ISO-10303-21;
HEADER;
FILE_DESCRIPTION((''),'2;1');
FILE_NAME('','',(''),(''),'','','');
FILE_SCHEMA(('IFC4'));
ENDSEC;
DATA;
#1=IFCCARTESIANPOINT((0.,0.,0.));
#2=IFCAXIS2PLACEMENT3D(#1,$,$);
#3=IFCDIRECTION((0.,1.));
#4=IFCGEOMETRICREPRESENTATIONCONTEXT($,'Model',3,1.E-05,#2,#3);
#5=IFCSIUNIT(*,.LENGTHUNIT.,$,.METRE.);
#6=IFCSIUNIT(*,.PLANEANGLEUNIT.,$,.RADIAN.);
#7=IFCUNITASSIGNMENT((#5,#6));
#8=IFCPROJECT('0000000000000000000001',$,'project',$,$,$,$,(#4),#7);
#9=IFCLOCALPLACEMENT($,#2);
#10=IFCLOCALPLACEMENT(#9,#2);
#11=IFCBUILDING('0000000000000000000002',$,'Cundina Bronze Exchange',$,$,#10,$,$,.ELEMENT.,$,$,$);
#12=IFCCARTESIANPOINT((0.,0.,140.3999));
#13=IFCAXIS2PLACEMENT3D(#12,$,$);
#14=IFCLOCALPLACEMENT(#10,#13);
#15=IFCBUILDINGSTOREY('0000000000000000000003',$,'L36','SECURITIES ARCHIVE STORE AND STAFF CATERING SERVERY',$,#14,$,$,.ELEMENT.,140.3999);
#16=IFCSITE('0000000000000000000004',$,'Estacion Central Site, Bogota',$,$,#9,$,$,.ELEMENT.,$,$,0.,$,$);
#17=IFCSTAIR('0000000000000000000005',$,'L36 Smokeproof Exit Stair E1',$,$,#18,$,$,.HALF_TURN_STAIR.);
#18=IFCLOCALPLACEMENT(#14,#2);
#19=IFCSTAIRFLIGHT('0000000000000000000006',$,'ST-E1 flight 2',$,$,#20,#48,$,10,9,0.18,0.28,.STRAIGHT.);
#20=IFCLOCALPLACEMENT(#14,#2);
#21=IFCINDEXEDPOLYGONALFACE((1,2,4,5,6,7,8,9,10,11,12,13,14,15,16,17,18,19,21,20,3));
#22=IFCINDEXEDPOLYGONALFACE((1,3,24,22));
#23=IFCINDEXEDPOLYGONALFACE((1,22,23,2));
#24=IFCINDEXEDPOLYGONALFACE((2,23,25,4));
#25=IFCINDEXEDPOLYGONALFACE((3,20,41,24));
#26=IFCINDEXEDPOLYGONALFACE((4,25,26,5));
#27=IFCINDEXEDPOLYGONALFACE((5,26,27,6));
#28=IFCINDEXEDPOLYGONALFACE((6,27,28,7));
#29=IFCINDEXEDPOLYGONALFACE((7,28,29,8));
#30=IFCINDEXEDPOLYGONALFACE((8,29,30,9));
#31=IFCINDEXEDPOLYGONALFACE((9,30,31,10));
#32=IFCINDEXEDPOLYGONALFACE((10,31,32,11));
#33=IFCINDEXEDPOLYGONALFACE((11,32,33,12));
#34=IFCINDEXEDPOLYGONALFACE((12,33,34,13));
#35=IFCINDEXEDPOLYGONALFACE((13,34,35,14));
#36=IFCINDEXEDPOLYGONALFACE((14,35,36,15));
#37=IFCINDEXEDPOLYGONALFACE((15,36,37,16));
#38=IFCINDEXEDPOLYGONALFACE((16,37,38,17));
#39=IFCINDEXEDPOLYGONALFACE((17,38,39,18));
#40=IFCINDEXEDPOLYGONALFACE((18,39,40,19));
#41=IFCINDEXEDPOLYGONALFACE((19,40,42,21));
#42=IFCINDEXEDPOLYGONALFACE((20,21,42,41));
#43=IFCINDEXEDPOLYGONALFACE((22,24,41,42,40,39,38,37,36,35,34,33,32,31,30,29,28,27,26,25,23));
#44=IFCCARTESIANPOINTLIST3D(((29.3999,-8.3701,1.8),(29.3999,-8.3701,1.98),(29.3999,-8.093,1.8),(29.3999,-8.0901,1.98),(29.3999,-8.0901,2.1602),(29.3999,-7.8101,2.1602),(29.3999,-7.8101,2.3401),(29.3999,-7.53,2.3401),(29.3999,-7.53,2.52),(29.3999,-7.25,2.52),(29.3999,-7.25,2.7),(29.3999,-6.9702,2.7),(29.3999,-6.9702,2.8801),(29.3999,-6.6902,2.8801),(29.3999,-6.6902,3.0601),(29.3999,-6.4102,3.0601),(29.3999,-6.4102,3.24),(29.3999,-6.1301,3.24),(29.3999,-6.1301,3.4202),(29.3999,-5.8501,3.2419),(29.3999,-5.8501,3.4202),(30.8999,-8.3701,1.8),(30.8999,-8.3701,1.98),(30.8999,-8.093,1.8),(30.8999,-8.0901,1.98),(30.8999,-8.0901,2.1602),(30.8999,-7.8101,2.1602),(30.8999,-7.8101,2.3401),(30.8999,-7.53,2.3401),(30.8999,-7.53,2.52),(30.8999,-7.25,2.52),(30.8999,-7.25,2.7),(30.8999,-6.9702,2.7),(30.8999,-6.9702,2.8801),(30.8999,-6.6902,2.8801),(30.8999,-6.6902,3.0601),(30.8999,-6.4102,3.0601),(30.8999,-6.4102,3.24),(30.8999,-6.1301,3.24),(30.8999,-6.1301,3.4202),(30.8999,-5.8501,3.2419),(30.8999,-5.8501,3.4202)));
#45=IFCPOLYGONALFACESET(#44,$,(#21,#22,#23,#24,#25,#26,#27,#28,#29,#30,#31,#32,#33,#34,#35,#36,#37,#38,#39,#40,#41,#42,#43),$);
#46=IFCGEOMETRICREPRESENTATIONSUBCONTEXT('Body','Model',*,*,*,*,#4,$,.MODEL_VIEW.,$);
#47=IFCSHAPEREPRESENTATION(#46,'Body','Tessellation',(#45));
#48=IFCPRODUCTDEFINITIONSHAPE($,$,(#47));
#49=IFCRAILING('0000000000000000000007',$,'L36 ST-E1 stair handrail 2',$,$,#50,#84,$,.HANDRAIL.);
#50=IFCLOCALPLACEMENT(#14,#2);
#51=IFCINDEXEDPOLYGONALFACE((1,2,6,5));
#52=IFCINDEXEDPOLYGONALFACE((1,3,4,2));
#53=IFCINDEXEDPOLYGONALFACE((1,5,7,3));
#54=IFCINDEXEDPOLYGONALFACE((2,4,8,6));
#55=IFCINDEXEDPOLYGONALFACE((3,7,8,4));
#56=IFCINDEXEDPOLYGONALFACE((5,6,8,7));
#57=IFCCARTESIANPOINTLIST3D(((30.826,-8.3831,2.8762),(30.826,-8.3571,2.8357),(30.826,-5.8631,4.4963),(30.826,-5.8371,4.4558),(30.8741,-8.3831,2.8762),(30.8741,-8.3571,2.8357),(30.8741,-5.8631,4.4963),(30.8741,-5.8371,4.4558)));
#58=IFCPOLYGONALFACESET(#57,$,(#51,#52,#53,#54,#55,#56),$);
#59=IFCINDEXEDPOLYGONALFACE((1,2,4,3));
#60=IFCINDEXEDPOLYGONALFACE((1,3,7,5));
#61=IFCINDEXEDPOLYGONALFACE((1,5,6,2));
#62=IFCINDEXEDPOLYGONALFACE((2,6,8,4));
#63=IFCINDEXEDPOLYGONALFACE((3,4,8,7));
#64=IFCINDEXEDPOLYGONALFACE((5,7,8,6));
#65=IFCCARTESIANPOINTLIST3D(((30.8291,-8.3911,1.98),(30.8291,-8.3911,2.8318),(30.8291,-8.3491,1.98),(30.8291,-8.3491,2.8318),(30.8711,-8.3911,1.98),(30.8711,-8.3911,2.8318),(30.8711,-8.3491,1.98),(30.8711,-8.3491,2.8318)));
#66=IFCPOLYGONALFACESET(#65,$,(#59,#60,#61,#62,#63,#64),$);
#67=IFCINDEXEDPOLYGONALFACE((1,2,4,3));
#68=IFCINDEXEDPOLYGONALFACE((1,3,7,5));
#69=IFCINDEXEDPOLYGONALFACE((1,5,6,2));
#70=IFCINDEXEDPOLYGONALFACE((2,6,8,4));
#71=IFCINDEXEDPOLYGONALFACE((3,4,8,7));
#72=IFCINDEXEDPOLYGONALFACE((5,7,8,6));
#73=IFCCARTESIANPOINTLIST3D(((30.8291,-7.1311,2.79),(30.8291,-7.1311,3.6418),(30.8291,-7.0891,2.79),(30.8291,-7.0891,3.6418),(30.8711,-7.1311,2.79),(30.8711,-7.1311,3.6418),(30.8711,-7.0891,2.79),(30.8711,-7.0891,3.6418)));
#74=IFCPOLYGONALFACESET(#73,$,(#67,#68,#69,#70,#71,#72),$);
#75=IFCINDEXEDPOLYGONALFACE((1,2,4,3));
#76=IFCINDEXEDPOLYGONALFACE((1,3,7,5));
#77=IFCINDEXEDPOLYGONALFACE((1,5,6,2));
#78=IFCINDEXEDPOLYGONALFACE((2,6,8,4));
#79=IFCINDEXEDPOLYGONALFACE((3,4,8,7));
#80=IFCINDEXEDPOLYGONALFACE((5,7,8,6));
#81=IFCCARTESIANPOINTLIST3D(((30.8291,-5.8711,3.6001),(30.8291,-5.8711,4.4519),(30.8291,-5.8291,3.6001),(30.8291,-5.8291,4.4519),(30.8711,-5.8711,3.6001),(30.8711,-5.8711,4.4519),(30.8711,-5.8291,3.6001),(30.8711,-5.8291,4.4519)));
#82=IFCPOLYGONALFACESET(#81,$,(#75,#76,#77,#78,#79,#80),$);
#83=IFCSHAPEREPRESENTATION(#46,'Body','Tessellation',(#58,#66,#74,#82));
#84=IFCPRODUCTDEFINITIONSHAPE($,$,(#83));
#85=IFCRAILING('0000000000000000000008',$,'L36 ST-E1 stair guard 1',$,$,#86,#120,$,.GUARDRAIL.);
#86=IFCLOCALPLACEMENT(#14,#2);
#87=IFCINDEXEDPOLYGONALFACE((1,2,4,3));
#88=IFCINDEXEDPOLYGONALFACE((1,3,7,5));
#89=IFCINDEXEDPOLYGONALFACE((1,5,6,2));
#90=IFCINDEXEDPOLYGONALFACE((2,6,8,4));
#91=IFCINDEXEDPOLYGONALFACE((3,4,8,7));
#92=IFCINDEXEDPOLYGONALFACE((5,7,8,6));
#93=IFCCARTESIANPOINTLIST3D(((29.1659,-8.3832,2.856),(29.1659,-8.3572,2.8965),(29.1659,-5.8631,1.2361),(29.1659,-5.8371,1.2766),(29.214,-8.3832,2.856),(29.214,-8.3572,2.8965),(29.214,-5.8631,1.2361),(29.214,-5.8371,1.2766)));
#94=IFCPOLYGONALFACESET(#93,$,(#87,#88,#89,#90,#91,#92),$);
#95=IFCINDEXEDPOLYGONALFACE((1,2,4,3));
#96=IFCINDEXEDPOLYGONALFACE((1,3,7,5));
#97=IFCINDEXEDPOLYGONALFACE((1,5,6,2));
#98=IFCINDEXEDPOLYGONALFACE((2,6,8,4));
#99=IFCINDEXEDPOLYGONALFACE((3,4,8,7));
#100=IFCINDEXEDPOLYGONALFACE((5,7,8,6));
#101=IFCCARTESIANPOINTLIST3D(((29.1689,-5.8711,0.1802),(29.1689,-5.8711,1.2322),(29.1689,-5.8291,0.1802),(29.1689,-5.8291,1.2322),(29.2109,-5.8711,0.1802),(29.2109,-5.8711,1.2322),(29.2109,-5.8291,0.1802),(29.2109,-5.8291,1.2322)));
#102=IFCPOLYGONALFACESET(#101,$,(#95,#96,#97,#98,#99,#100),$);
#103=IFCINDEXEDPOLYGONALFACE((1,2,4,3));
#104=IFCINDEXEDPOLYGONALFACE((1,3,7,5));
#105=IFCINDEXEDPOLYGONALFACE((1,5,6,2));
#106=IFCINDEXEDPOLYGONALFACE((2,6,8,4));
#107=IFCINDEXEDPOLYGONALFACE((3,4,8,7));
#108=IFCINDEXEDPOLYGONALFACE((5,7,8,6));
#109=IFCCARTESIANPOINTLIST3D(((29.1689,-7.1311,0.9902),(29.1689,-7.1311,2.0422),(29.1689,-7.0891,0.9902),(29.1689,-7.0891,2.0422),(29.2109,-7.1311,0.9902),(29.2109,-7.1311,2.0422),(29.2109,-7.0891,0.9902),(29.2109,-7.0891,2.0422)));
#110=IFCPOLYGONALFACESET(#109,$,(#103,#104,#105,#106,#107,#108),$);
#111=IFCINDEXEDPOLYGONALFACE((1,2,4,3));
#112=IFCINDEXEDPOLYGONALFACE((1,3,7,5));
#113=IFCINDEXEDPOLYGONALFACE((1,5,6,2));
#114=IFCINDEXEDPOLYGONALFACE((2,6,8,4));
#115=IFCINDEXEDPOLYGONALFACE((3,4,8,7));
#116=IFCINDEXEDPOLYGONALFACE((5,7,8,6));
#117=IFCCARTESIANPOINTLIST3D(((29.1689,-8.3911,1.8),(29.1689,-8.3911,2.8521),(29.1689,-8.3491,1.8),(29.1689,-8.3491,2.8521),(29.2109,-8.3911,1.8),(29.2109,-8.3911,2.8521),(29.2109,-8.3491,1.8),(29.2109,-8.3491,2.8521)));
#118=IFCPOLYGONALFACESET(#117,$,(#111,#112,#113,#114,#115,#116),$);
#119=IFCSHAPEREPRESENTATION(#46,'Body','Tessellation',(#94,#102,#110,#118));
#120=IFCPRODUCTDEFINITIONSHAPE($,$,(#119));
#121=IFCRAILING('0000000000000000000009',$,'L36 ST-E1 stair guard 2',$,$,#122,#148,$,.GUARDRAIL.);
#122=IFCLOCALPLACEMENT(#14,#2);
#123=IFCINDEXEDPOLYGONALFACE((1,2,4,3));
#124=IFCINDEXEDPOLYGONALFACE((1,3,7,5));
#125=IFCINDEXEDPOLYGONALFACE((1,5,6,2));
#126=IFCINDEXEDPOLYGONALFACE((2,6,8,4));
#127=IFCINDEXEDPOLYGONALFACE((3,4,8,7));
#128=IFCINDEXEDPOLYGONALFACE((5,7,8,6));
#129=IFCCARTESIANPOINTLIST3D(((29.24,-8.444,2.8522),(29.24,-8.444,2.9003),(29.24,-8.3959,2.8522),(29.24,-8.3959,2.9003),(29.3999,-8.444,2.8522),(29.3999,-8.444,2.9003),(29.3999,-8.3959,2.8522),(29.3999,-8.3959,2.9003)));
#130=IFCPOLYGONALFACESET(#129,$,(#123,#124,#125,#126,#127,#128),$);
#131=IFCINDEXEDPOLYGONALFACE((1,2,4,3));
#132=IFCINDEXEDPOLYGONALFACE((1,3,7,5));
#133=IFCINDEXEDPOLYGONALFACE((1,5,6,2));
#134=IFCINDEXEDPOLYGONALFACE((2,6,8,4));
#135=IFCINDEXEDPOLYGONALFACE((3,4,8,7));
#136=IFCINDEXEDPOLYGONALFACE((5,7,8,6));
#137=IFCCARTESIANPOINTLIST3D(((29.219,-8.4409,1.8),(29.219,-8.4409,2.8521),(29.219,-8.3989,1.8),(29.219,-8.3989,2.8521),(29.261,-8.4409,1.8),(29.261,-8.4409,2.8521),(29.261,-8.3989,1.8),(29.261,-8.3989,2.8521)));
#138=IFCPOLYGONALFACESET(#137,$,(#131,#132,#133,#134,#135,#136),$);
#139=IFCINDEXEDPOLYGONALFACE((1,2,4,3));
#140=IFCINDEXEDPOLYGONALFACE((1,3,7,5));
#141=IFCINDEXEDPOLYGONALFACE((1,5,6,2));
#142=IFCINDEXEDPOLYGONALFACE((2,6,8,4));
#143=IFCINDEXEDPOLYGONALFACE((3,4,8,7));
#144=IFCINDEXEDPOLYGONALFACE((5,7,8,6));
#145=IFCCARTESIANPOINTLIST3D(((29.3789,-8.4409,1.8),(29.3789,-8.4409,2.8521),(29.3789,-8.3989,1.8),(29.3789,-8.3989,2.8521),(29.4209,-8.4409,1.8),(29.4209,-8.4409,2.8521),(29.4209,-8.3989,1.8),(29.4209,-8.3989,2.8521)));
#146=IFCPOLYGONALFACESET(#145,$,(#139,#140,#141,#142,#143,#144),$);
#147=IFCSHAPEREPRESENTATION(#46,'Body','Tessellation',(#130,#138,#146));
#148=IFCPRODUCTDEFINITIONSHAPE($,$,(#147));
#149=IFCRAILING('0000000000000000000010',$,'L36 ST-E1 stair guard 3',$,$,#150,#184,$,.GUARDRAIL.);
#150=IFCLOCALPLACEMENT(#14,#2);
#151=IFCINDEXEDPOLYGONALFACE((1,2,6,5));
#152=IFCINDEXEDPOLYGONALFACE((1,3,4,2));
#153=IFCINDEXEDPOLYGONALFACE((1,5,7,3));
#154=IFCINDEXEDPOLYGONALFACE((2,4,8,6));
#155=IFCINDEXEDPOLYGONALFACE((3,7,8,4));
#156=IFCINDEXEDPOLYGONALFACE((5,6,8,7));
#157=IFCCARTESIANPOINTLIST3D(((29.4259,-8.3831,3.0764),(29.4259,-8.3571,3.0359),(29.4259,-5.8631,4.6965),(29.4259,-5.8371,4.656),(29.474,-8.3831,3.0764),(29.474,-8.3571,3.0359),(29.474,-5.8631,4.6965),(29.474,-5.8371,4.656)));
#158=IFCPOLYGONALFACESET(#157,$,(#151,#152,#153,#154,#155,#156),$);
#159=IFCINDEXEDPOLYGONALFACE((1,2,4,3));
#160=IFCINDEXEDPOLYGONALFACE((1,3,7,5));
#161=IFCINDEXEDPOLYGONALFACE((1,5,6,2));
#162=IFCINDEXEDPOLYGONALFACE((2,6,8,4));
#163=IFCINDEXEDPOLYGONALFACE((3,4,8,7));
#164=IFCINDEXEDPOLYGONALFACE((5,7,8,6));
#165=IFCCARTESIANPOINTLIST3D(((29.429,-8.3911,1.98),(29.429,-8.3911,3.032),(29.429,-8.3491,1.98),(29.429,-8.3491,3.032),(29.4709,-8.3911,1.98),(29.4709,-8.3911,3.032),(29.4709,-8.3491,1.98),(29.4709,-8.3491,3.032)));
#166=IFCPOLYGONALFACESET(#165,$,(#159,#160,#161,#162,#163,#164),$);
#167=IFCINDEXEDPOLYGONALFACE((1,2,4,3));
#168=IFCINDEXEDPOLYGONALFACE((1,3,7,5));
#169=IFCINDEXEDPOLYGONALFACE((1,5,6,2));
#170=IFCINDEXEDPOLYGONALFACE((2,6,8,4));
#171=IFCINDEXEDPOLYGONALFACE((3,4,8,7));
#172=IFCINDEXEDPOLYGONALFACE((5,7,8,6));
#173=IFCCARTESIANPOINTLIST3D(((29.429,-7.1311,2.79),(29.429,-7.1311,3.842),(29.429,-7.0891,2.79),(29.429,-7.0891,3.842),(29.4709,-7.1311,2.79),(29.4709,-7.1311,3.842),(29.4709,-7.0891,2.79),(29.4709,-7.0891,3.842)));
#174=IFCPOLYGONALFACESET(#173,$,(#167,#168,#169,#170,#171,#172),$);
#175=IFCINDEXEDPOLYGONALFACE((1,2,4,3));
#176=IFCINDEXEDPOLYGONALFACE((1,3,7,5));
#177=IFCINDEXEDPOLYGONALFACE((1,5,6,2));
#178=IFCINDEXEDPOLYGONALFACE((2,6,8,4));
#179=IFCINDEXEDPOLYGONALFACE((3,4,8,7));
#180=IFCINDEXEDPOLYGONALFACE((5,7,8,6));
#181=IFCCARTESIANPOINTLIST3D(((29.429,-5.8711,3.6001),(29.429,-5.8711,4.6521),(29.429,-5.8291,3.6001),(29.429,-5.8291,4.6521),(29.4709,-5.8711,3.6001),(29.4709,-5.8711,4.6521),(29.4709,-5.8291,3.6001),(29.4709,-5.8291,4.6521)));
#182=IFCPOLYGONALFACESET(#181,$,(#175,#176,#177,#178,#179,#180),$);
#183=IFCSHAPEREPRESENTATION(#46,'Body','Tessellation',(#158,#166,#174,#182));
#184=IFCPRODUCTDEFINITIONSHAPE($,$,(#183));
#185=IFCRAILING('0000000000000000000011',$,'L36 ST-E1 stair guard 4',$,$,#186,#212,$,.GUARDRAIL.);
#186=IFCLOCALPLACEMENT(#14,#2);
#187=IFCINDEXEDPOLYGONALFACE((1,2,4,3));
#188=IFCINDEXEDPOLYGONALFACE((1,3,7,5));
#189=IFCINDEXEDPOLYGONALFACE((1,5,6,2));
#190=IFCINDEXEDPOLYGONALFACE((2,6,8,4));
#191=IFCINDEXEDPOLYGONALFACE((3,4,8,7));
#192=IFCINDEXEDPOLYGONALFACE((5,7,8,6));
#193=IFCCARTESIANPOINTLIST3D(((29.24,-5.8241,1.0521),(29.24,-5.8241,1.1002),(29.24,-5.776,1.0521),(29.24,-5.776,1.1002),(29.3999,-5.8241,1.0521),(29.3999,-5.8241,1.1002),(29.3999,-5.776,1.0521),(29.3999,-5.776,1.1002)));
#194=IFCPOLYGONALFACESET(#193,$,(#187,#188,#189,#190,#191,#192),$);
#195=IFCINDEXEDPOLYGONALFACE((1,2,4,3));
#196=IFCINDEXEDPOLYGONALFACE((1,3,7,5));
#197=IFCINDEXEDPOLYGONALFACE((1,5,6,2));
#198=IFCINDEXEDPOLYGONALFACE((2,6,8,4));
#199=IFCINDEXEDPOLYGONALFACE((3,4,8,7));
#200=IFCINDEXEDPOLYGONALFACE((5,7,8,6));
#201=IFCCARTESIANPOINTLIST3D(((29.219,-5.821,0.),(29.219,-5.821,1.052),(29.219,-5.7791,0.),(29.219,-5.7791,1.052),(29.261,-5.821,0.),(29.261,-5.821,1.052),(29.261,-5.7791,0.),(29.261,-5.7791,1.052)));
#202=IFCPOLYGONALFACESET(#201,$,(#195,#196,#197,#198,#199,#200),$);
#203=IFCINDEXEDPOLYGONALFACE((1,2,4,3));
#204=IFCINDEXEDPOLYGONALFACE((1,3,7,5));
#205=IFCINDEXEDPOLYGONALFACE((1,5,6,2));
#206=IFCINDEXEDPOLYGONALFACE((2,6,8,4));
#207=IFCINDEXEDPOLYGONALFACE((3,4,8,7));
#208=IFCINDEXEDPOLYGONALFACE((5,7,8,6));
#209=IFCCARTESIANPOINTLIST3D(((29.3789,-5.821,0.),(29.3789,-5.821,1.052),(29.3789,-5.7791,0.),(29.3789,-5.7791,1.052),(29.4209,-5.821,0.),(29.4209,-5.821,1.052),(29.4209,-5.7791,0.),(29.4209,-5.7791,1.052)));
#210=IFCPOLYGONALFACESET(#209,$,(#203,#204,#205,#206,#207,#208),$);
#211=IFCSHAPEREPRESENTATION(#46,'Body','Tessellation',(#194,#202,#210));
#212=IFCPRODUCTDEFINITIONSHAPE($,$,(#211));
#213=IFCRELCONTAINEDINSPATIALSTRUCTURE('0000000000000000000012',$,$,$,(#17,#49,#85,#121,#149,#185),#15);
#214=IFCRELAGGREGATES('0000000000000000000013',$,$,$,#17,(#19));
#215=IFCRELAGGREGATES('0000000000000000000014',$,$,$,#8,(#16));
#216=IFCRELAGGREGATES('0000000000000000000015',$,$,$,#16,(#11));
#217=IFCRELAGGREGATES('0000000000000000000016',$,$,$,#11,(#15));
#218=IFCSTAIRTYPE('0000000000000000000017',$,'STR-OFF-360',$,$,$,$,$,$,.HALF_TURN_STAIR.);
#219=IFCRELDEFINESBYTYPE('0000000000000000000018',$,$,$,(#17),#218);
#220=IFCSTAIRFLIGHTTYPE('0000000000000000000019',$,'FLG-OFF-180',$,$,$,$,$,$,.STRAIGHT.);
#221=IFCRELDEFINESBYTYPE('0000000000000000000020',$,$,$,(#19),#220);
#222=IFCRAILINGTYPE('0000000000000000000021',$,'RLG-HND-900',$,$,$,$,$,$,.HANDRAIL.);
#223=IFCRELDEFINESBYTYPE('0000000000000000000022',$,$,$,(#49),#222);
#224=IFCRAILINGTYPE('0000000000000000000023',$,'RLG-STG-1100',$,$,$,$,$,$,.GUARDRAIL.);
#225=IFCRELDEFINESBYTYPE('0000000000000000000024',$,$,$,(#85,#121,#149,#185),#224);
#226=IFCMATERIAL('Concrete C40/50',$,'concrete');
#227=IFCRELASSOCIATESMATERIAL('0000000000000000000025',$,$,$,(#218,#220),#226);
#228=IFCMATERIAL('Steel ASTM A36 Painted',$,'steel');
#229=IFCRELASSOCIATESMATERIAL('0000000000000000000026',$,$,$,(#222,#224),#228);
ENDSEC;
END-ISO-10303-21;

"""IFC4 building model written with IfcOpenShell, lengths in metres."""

from ifc_helpers import new_model, si_unit, direction, frame, origin, origin_2d, place, context, subcontext, project, spatial, polyline, rectangle, outline, extrude, material, type_object, element, aggregate, save


model = new_model("IFC4")

# Units and contexts
model_context = context("Model", 3, precision=1e-05, world=origin(), true_north=direction((0.0, 1.0)))
body_context = subcontext(model_context, "Body", "Model", "MODEL_VIEW")
ifc_project = project(units=[si_unit("LENGTHUNIT", "METRE"), si_unit("PLANEANGLEUNIT", "RADIAN")], contexts=[model_context])

# Site, building, storey
site_placement = place(None, origin())
site = spatial("IfcSite", under=ifc_project, at=site_placement, Name="Estacion Central Site, Bogota", CompositionType="ELEMENT", RefElevation=0.0)
building_placement = place(site_placement, origin())
building = spatial("IfcBuilding", under=site, at=building_placement, Name="Cundina Bronze Exchange", CompositionType="ELEMENT")
storey_placement = place(building_placement, frame((0.0, 0.0, 140.3999)))
storey = spatial("IfcBuildingStorey", under=building, at=storey_placement, Name="L36", Description="SECURITIES ARCHIVE STORE AND STAFF CATERING SERVERY", CompositionType="ELEMENT", Elevation=140.3999)

# Stair, stair flight
ifc_material_1 = material(Name="Concrete C40/50", Category="concrete")
stair_type = type_object("IfcStairType", Name="STR-OFF-360", PredefinedType="HALF_TURN_STAIR", material=ifc_material_1)
stair_placement = place(storey_placement, origin())
stair = element("IfcStair", 1, at=stair_placement, inside=storey, type_object=stair_type, Name="L36 Smokeproof Exit Stair E1", PredefinedType="HALF_TURN_STAIR")
stair_flight_type = type_object("IfcStairFlightType", Name="FLG-OFF-180", PredefinedType="STRAIGHT", material=ifc_material_1)
stair_flight_1_placement = place(storey_placement, frame((30.1499, -8.3701, 1.8), z_axis=(0.0, 0.0, 1.0), x_axis=(0.0, 1.0, 0.0)))
stair_flight_1 = element("IfcStairFlight", 2, at=stair_flight_1_placement, type_object=stair_flight_type, Name="ST-E1 flight 2", NumberOfRisers=10, NumberOfTreads=9, PredefinedType="STRAIGHT", RiserHeight=0.18, TreadLength=0.28, context=body_context, shape_type="SweptSolid", body=[
    extrude(outline(polyline([(0.0, 0.0), (0.0, 0.1799), (0.28, 0.1799), (0.28, 0.3601), (0.5601, 0.3601), (0.5601, 0.54), (0.8401, 0.54), (0.8401, 0.72), (1.1201, 0.72), (1.1201, 0.8999), (1.3999, 0.8999), (1.3999, 1.0801), (1.6799, 1.0801), (1.6799, 1.26), (1.96, 1.26), (1.96, 1.4399), (2.24, 1.4399), (2.24, 1.6201), (2.52, 1.6201), (2.52, 1.8), (2.52, 1.4419), (0.2771, 0.0), (0.0, 0.0)])), frame((0.0, 0.75, 0.0), z_axis=(0.0, -1.0, 0.0), x_axis=(1.0, 0.0, 0.0)), (0.0, 0.0, 1.0), 1.5),
])
aggregate(stair, [stair_flight_1])

# Railings
ifc_material_2 = material(Name="Steel ASTM A36 Painted", Category="steel")
railing_type_1 = type_object("IfcRailingType", Name="RLG-HND-900", PredefinedType="HANDRAIL", material=ifc_material_2)
railing_1_placement = place(storey_placement, frame((30.8501, -8.3701, 1.98)))
element("IfcRailing", 3, at=railing_1_placement, inside=storey, type_object=railing_type_1, Name="L36 ST-E1 stair handrail 2", PredefinedType="HANDRAIL", context=body_context, shape_type="SweptSolid", body=[
    extrude(rectangle(XDim=0.0481, YDim=0.0481, at=origin_2d()), frame((0.0, 0.0, 0.876), z_axis=(0.0, 0.841163, 0.540782), x_axis=(-1.0, 0.0, 0.0)), (0.0, 0.0, 1.0), 2.9958),
    extrude(rectangle(XDim=0.042, YDim=0.042, at=origin_2d()), origin(), (0.0, 0.0, 1.0), 0.8518),
    extrude(rectangle(XDim=0.042, YDim=0.042, at=origin_2d()), frame((0.0, 1.26, 0.8101)), (0.0, 0.0, 1.0), 0.8518),
    extrude(rectangle(XDim=0.042, YDim=0.042, at=origin_2d()), frame((0.0, 2.52, 1.6201)), (0.0, 0.0, 1.0), 0.8518),
])
railing_type_2 = type_object("IfcRailingType", Name="RLG-STG-1100", PredefinedType="GUARDRAIL", material=ifc_material_2)
railing_2_placement = place(storey_placement, frame((29.1899, -5.8501, 0.1802)))
element("IfcRailing", 4, at=railing_2_placement, inside=storey, type_object=railing_type_2, Name="L36 ST-E1 stair guard 1", PredefinedType="GUARDRAIL", context=body_context, shape_type="SweptSolid", body=[
    extrude(rectangle(XDim=0.0481, YDim=0.0481, at=origin_2d()), frame((0.0, 0.0, 1.0762), z_axis=(0.0, -0.8412, 0.540725), x_axis=(1.0, 0.0, 0.0)), (0.0, 0.0, 1.0), 2.9958),
    extrude(rectangle(XDim=0.042, YDim=0.042, at=origin_2d()), origin(), (0.0, 0.0, 1.0), 1.052),
    extrude(rectangle(XDim=0.042, YDim=0.042, at=origin_2d()), frame((0.0, -1.26, 0.8101)), (0.0, 0.0, 1.0), 1.052),
    extrude(rectangle(XDim=0.042, YDim=0.042, at=origin_2d()), frame((0.0, -2.52, 1.6199)), (0.0, 0.0, 1.0), 1.052),
])
railing_3_placement = place(storey_placement, frame((29.24, -8.4199, 1.8)))
element("IfcRailing", 5, at=railing_3_placement, inside=storey, type_object=railing_type_2, Name="L36 ST-E1 stair guard 2", PredefinedType="GUARDRAIL", context=body_context, shape_type="SweptSolid", body=[
    extrude(rectangle(XDim=0.0481, YDim=0.0481, at=origin_2d()), frame((0.0, 0.0, 1.0762), z_axis=(1.0, 0.0, 0.0), x_axis=(0.0, 1.0, 0.0)), (0.0, 0.0, 1.0), 0.1599),
    extrude(rectangle(XDim=0.042, YDim=0.042, at=origin_2d()), origin(), (0.0, 0.0, 1.0), 1.052),
    extrude(rectangle(XDim=0.042, YDim=0.042, at=origin_2d()), frame((0.1599, 0.0, 0.0)), (0.0, 0.0, 1.0), 1.052),
])
railing_4_placement = place(storey_placement, frame((29.45, -8.3701, 1.98)))
element("IfcRailing", 6, at=railing_4_placement, inside=storey, type_object=railing_type_2, Name="L36 ST-E1 stair guard 3", PredefinedType="GUARDRAIL", context=body_context, shape_type="SweptSolid", body=[
    extrude(rectangle(XDim=0.0481, YDim=0.0481, at=origin_2d()), frame((0.0, 0.0, 1.0762), z_axis=(0.0, 0.841163, 0.540782), x_axis=(-1.0, 0.0, 0.0)), (0.0, 0.0, 1.0), 2.9958),
    extrude(rectangle(XDim=0.042, YDim=0.042, at=origin_2d()), origin(), (0.0, 0.0, 1.0), 1.052),
    extrude(rectangle(XDim=0.042, YDim=0.042, at=origin_2d()), frame((0.0, 1.26, 0.8101)), (0.0, 0.0, 1.0), 1.052),
    extrude(rectangle(XDim=0.042, YDim=0.042, at=origin_2d()), frame((0.0, 2.52, 1.6201)), (0.0, 0.0, 1.0), 1.052),
])
railing_5_placement = place(storey_placement, frame((29.24, -5.8, 0.0)))
element("IfcRailing", 7, at=railing_5_placement, inside=storey, type_object=railing_type_2, Name="L36 ST-E1 stair guard 4", PredefinedType="GUARDRAIL", context=body_context, shape_type="SweptSolid", body=[
    extrude(rectangle(XDim=0.0481, YDim=0.0481, at=origin_2d()), frame((0.0, 0.0, 1.0762), z_axis=(1.0, 0.0, 0.0), x_axis=(0.0, 1.0, 0.0)), (0.0, 0.0, 1.0), 0.1599),
    extrude(rectangle(XDim=0.042, YDim=0.042, at=origin_2d()), origin(), (0.0, 0.0, 1.0), 1.052),
    extrude(rectangle(XDim=0.042, YDim=0.042, at=origin_2d()), frame((0.1599, 0.0, 0.0)), (0.0, 0.0, 1.0), 1.052),
])

save(model, "model.ifc")
